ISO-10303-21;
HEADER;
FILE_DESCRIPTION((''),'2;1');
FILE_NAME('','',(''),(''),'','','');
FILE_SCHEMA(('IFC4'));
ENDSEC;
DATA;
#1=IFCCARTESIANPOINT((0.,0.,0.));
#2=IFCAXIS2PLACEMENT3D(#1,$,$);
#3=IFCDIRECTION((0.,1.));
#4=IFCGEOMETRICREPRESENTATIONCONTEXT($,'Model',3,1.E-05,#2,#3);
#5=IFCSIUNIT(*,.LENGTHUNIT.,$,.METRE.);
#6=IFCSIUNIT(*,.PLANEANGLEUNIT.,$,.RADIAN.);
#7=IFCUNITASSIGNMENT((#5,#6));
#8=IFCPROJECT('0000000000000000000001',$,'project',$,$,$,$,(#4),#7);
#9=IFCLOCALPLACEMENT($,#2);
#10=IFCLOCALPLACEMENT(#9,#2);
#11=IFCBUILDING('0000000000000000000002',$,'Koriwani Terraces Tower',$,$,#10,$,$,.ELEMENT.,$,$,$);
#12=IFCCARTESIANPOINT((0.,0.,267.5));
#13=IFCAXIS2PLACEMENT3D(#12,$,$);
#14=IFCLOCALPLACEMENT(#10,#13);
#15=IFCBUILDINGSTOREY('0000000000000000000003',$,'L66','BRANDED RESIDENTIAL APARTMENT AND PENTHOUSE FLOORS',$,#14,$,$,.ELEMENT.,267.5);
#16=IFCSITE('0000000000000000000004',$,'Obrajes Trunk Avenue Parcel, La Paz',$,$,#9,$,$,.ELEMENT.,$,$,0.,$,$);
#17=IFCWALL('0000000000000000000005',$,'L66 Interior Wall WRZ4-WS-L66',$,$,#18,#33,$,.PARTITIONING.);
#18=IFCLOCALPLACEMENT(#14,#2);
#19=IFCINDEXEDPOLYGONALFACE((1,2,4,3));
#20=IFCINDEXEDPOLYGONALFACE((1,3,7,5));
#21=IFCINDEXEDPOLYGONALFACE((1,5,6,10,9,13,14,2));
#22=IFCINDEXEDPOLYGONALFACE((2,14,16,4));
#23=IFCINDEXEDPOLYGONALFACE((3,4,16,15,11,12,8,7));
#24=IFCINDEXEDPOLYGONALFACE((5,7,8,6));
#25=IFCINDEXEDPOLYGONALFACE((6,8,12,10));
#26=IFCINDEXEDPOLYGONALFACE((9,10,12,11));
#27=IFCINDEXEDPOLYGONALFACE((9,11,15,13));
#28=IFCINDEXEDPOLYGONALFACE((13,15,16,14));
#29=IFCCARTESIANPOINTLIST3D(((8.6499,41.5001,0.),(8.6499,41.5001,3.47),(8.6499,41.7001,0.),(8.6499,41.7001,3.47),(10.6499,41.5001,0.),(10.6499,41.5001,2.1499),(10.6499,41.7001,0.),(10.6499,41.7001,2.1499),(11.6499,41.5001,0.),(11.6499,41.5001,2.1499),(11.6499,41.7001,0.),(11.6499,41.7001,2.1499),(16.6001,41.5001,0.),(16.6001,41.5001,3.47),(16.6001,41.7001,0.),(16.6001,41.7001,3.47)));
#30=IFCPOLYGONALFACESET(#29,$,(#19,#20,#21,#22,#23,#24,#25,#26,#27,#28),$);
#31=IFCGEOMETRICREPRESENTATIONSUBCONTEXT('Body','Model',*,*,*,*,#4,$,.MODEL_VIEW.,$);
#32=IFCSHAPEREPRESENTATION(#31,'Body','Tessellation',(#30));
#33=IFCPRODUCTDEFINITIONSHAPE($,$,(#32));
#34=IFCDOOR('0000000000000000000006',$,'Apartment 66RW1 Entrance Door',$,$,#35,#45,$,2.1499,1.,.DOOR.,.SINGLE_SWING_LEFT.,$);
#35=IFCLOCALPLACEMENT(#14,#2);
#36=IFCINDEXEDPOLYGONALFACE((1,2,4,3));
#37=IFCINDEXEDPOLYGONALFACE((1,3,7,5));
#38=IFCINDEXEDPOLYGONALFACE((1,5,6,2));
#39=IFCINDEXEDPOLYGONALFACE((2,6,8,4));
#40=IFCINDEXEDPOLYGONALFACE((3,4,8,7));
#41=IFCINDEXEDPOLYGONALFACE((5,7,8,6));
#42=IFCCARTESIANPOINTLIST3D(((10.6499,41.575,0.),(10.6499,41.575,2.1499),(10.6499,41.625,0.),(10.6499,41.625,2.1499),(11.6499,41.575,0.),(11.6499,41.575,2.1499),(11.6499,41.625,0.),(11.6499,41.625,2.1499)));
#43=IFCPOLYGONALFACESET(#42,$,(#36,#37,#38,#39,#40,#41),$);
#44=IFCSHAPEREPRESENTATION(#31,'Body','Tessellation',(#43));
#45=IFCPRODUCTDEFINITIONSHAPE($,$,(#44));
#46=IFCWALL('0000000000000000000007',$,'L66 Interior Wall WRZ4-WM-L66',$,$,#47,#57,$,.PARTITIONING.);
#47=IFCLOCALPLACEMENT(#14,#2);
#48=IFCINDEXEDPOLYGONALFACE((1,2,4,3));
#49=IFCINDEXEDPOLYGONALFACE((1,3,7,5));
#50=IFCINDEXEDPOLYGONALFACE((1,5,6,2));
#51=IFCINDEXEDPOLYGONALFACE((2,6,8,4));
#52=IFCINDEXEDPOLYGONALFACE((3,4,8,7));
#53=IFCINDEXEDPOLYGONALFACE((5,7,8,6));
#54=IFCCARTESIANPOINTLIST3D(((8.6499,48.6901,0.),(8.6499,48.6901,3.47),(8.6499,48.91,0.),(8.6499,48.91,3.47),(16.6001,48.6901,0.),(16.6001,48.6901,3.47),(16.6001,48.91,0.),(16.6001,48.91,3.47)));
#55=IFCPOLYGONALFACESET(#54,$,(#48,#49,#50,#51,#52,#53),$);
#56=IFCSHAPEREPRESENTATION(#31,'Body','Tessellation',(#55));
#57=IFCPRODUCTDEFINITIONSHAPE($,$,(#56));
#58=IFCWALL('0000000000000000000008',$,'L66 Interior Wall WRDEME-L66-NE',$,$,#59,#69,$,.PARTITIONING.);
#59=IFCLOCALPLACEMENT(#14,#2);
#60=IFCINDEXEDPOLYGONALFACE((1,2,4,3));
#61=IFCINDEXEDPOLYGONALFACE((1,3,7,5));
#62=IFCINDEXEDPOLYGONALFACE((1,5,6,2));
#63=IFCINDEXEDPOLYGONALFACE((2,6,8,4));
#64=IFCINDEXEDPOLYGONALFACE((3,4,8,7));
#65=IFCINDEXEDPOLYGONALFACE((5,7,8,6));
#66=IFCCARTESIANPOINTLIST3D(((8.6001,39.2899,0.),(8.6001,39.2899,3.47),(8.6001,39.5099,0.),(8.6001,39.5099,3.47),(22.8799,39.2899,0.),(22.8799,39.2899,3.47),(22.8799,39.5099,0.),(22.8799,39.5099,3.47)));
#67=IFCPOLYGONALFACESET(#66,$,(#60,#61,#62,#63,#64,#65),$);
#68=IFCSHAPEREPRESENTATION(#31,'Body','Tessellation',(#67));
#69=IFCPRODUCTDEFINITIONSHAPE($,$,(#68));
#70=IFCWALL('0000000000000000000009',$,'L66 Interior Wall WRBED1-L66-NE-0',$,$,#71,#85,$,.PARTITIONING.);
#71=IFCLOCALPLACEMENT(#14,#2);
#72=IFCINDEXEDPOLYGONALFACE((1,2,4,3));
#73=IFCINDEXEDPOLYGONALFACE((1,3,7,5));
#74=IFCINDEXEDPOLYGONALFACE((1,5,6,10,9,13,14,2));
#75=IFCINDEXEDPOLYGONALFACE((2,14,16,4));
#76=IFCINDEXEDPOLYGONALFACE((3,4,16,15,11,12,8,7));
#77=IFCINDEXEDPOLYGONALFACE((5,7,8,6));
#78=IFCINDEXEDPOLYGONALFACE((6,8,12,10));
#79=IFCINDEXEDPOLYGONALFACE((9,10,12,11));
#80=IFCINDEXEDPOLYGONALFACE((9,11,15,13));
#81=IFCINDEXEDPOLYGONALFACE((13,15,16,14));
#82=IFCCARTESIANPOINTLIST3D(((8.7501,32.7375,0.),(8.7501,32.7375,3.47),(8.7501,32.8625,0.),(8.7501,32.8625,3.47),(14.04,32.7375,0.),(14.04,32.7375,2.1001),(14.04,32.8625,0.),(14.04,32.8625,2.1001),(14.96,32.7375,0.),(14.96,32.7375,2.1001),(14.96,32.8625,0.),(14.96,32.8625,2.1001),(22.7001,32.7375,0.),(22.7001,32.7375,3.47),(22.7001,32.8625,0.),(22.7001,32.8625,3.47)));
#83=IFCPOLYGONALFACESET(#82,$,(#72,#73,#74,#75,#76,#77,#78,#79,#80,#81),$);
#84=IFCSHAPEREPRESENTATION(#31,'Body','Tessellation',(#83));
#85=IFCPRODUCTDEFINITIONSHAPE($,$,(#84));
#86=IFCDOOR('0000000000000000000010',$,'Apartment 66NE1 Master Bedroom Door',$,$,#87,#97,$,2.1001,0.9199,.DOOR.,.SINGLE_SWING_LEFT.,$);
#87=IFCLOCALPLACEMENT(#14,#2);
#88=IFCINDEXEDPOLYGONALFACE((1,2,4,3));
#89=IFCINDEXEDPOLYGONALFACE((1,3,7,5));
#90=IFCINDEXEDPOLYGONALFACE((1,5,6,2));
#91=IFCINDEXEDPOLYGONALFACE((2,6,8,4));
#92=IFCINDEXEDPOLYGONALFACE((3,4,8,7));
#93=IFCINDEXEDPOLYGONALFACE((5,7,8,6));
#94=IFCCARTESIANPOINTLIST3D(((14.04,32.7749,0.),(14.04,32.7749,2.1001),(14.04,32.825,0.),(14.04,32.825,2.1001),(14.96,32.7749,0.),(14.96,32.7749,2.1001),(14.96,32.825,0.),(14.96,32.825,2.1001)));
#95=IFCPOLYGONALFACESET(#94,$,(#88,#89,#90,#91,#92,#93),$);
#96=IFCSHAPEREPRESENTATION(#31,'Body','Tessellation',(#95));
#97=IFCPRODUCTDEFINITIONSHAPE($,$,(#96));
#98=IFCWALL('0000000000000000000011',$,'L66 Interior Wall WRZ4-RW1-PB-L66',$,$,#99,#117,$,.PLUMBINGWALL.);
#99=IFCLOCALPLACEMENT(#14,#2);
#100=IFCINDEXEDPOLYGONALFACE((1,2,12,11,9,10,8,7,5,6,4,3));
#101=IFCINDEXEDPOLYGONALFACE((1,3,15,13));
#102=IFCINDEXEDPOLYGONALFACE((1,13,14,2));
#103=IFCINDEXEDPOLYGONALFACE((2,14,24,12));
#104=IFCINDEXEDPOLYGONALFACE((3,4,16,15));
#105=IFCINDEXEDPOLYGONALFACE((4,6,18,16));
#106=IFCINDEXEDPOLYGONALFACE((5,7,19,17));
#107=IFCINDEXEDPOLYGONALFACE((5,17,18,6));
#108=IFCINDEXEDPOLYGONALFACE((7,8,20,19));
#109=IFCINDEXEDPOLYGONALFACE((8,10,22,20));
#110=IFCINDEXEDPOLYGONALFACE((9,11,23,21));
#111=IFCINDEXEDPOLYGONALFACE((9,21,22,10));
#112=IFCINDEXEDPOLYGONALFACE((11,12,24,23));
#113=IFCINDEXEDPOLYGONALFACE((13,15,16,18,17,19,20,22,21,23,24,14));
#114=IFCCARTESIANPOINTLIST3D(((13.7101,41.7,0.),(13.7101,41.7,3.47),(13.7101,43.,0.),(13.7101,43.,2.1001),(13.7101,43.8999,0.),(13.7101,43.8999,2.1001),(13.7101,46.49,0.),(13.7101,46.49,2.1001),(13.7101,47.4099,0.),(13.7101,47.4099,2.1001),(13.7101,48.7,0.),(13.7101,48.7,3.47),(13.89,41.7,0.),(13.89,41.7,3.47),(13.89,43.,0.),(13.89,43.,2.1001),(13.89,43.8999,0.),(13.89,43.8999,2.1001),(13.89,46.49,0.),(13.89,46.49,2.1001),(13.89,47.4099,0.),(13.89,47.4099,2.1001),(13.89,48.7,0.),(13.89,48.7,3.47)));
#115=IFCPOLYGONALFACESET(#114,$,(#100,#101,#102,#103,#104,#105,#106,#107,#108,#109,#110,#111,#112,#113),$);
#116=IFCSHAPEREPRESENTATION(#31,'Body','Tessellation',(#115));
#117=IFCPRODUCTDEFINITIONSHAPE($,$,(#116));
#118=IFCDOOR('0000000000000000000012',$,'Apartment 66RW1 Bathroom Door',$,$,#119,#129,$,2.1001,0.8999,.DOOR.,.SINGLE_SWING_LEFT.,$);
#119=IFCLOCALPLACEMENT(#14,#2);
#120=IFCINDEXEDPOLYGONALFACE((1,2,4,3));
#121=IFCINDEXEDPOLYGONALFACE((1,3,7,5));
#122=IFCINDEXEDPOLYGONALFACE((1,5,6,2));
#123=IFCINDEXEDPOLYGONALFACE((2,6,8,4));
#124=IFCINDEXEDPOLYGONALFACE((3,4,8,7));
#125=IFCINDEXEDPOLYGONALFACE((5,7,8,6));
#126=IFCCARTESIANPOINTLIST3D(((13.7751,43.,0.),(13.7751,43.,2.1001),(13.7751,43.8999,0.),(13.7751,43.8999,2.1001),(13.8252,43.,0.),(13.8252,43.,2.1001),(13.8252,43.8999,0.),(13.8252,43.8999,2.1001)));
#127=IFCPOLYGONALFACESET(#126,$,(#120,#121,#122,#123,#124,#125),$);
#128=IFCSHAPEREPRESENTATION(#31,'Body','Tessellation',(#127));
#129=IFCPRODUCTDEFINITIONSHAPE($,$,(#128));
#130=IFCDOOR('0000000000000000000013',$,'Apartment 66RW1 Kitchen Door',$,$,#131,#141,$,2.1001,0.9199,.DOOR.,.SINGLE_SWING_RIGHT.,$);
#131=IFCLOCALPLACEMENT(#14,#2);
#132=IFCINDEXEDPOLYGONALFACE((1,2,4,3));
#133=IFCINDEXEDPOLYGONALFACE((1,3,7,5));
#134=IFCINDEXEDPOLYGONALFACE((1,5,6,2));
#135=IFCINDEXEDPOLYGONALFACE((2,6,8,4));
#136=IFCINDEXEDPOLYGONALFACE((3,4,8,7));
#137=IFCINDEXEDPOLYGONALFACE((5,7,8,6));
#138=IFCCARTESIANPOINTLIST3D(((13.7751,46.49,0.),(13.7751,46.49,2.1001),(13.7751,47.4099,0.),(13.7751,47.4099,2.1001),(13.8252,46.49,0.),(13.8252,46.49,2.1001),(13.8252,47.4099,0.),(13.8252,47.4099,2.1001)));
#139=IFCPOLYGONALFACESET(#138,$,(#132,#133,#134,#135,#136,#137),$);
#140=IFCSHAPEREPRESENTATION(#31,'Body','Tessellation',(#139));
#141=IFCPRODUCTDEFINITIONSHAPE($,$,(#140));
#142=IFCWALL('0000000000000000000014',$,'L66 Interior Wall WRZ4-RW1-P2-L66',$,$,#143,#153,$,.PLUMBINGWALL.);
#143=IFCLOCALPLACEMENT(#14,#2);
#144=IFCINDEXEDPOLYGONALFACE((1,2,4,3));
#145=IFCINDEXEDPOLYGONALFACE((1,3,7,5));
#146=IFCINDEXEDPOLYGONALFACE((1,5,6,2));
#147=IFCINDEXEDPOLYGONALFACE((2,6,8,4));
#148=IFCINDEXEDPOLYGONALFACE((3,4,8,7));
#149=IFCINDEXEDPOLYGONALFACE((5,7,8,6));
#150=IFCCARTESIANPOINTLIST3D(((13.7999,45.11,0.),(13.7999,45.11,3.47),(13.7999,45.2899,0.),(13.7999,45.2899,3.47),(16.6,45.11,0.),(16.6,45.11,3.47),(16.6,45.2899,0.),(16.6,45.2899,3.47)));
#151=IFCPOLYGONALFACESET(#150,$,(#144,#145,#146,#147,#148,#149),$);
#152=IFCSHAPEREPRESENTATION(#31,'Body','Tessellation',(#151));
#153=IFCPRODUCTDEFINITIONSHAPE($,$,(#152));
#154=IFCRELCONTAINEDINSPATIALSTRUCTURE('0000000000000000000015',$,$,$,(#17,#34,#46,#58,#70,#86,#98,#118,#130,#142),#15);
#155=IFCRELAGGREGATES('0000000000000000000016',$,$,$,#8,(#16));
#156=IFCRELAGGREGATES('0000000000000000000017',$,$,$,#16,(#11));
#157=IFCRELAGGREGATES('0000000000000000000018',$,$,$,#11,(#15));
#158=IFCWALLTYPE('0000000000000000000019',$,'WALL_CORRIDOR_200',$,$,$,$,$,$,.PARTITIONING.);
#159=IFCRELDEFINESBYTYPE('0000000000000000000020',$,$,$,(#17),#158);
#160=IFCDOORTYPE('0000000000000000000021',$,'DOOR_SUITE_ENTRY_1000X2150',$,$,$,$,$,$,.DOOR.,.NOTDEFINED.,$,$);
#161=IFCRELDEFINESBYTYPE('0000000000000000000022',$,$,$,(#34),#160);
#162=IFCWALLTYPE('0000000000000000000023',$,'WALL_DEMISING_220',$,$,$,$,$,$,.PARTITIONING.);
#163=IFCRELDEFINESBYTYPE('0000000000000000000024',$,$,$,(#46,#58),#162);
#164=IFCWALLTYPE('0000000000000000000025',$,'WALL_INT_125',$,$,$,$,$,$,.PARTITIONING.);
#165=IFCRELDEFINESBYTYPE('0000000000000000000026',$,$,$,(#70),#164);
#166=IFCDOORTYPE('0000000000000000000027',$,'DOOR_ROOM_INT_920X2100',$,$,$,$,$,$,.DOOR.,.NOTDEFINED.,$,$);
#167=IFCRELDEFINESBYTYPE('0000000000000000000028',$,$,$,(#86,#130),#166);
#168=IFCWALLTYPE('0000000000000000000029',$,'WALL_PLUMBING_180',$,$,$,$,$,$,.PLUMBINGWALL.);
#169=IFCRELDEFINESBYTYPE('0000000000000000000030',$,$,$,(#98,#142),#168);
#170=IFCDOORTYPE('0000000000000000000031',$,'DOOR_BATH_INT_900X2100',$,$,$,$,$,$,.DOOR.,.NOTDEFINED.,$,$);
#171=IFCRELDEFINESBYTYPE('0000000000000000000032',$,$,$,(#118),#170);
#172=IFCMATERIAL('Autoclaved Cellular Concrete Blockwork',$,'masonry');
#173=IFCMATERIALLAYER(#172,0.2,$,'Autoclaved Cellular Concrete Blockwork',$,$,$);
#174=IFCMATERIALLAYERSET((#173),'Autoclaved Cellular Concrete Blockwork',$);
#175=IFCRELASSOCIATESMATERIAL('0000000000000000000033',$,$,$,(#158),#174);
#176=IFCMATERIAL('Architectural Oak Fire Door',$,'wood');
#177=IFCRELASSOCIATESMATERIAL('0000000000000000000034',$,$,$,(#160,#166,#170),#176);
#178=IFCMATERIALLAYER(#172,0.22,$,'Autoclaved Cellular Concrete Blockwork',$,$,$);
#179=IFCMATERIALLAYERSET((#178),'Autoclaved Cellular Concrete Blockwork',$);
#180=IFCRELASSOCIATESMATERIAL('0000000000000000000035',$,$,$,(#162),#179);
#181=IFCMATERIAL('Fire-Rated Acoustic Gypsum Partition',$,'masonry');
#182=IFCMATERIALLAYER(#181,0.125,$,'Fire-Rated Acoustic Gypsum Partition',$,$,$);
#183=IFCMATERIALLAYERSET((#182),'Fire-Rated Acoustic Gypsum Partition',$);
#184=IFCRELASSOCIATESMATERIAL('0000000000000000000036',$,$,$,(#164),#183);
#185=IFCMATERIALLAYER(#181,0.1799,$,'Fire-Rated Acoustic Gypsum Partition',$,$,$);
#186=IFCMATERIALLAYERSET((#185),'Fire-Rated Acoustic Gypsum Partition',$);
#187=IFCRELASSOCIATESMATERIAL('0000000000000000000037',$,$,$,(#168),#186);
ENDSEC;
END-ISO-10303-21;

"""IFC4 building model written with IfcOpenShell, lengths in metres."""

from ifc_helpers import new_model, si_unit, direction, frame, frame_2d, origin, place, context, subcontext, project, spatial, rectangle, extrude, material, layer, layer_set, type_object, element, fill, save


model = new_model("IFC4")

# Units and contexts
model_context = context("Model", 3, precision=1e-05, world=origin(), true_north=direction((0.0, 1.0)))
body_context = subcontext(model_context, "Body", "Model", "MODEL_VIEW")
ifc_project = project(units=[si_unit("LENGTHUNIT", "METRE"), si_unit("PLANEANGLEUNIT", "RADIAN")], contexts=[model_context])

# Site, building, storey
site_placement = place(None, origin())
site = spatial("IfcSite", under=ifc_project, at=site_placement, Name="Obrajes Trunk Avenue Parcel, La Paz", CompositionType="ELEMENT", RefElevation=0.0)
building_placement = place(site_placement, origin())
building = spatial("IfcBuilding", under=site, at=building_placement, Name="Koriwani Terraces Tower", CompositionType="ELEMENT")
storey_placement = place(building_placement, frame((0.0, 0.0, 267.5)))
storey = spatial("IfcBuildingStorey", under=building, at=storey_placement, Name="L66", Description="BRANDED RESIDENTIAL APARTMENT AND PENTHOUSE FLOORS", CompositionType="ELEMENT", Elevation=267.5)

# Wall, opening, door
ifc_material_1 = material(Name="Autoclaved Cellular Concrete Blockwork", Category="masonry")
ifc_layer_1 = layer(ifc_material_1, 0.2, Name="Autoclaved Cellular Concrete Blockwork")
ifc_layer_set_1 = layer_set([ifc_layer_1], Name="Autoclaved Cellular Concrete Blockwork")
wall_type_1 = type_object("IfcWallType", Name="WALL_CORRIDOR_200", PredefinedType="PARTITIONING", material=ifc_layer_set_1)
wall_1_placement = place(storey_placement, frame((8.6499, 41.6001, 0.0), z_axis=(0.0, 0.0, 1.0), x_axis=(1.0, 0.0, 0.0)))
wall_1 = element("IfcWall", 1, at=wall_1_placement, inside=storey, type_object=wall_type_1, Name="L66 Interior Wall WRZ4-WS-L66", PredefinedType="PARTITIONING", context=body_context, shape_type="SweptSolid", body=[
    extrude(rectangle(XDim=7.9502, YDim=0.2, at=frame_2d((3.9751, 0.0))), origin(), (0.0, 0.0, 1.0), 3.47),
])
opening_1_placement = place(wall_1_placement, frame((2.0, 0.0, 0.0)))
opening_1 = element("IfcOpeningElement", 2, at=opening_1_placement, cuts=wall_1, PredefinedType="OPENING", context=body_context, shape_type="SweptSolid", body=[
    extrude(rectangle(XDim=1.0, YDim=2.1499, at=frame_2d((0.5, 1.075))), frame((0.0, 0.1099, 0.0), z_axis=(0.0, -1.0, 0.0), x_axis=(1.0, 0.0, 0.0)), (0.0, 0.0, 1.0), 0.22),
])
ifc_material_2 = material(Name="Architectural Oak Fire Door", Category="wood")
door_type_1 = type_object("IfcDoorType", Name="DOOR_SUITE_ENTRY_1000X2150", OperationType="NOTDEFINED", PredefinedType="DOOR", material=ifc_material_2)
door_1_placement = place(opening_1_placement, origin())
door_1 = element("IfcDoor", 3, at=door_1_placement, inside=storey, type_object=door_type_1, Name="Apartment 66RW1 Entrance Door", OperationType="SINGLE_SWING_LEFT", OverallHeight=2.1499, OverallWidth=1.0, PredefinedType="DOOR", context=body_context, shape_type="SweptSolid", body=[
    extrude(rectangle(XDim=1.0, YDim=2.1499, at=frame_2d((0.5, 1.075))), frame((0.0, 0.0249, 0.0), z_axis=(0.0, -1.0, 0.0), x_axis=(1.0, 0.0, 0.0)), (0.0, 0.0, 1.0), 0.05),
])
fill(opening_1, door_1)

# Walls
ifc_layer_2 = layer(ifc_material_1, 0.22, Name="Autoclaved Cellular Concrete Blockwork")
ifc_layer_set_2 = layer_set([ifc_layer_2], Name="Autoclaved Cellular Concrete Blockwork")
wall_type_2 = type_object("IfcWallType", Name="WALL_DEMISING_220", PredefinedType="PARTITIONING", material=ifc_layer_set_2)
wall_2_placement = place(storey_placement, frame((8.6499, 48.8, 0.0), z_axis=(0.0, 0.0, 1.0), x_axis=(1.0, 0.0, 0.0)))
element("IfcWall", 4, at=wall_2_placement, inside=storey, type_object=wall_type_2, Name="L66 Interior Wall WRZ4-WM-L66", PredefinedType="PARTITIONING", context=body_context, shape_type="SweptSolid", body=[
    extrude(rectangle(XDim=7.9502, YDim=0.22, at=frame_2d((3.9751, 0.0))), origin(), (0.0, 0.0, 1.0), 3.47),
])
wall_3_placement = place(storey_placement, frame((8.6001, 39.3999, 0.0), z_axis=(0.0, 0.0, 1.0), x_axis=(1.0, 0.0, 0.0)))
element("IfcWall", 5, at=wall_3_placement, inside=storey, type_object=wall_type_2, Name="L66 Interior Wall WRDEME-L66-NE", PredefinedType="PARTITIONING", context=body_context, shape_type="SweptSolid", body=[
    extrude(rectangle(XDim=14.2798, YDim=0.22, at=frame_2d((7.1399, 0.0))), origin(), (0.0, 0.0, 1.0), 3.47),
])

# Wall, opening, door
ifc_material_3 = material(Name="Fire-Rated Acoustic Gypsum Partition", Category="masonry")
ifc_layer_3 = layer(ifc_material_3, 0.125, Name="Fire-Rated Acoustic Gypsum Partition")
ifc_layer_set_3 = layer_set([ifc_layer_3], Name="Fire-Rated Acoustic Gypsum Partition")
wall_type_3 = type_object("IfcWallType", Name="WALL_INT_125", PredefinedType="PARTITIONING", material=ifc_layer_set_3)
wall_4_placement = place(storey_placement, frame((8.75, 32.8, 0.0), z_axis=(0.0, 0.0, 1.0), x_axis=(1.0, 0.0, 0.0)))
wall_4 = element("IfcWall", 6, at=wall_4_placement, inside=storey, type_object=wall_type_3, Name="L66 Interior Wall WRBED1-L66-NE-0", PredefinedType="PARTITIONING", context=body_context, shape_type="SweptSolid", body=[
    extrude(rectangle(XDim=13.95, YDim=0.125, at=frame_2d((6.9751, 0.0))), origin(), (0.0, 0.0, 1.0), 3.47),
])
opening_2_placement = place(wall_4_placement, frame((5.29, 0.0, 0.0)))
opening_2 = element("IfcOpeningElement", 7, at=opening_2_placement, cuts=wall_4, PredefinedType="OPENING", context=body_context, shape_type="SweptSolid", body=[
    extrude(rectangle(XDim=0.9199, YDim=2.1001, at=frame_2d((0.46, 1.05))), frame((0.0, 0.0725, 0.0), z_axis=(0.0, -1.0, 0.0), x_axis=(1.0, 0.0, 0.0)), (0.0, 0.0, 1.0), 0.145),
])
door_type_2 = type_object("IfcDoorType", Name="DOOR_ROOM_INT_920X2100", OperationType="NOTDEFINED", PredefinedType="DOOR", material=ifc_material_2)
door_2_placement = place(opening_2_placement, origin())
door_2 = element("IfcDoor", 8, at=door_2_placement, inside=storey, type_object=door_type_2, Name="Apartment 66NE1 Master Bedroom Door", OperationType="SINGLE_SWING_LEFT", OverallHeight=2.1001, OverallWidth=0.9199, PredefinedType="DOOR", context=body_context, shape_type="SweptSolid", body=[
    extrude(rectangle(XDim=0.9199, YDim=2.1001, at=frame_2d((0.46, 1.05))), frame((0.0, 0.0249, 0.0), z_axis=(0.0, -1.0, 0.0), x_axis=(1.0, 0.0, 0.0)), (0.0, 0.0, 1.0), 0.05),
])
fill(opening_2, door_2)

# Wall, openings, doors
ifc_layer_4 = layer(ifc_material_3, 0.1799, Name="Fire-Rated Acoustic Gypsum Partition")
ifc_layer_set_4 = layer_set([ifc_layer_4], Name="Fire-Rated Acoustic Gypsum Partition")
wall_type_4 = type_object("IfcWallType", Name="WALL_PLUMBING_180", PredefinedType="PLUMBINGWALL", material=ifc_layer_set_4)
wall_5_placement = place(storey_placement, frame((13.8, 41.7, 0.0), z_axis=(0.0, 0.0, 1.0), x_axis=(0.0, 1.0, 0.0)))
wall_5 = element("IfcWall", 9, at=wall_5_placement, inside=storey, type_object=wall_type_4, Name="L66 Interior Wall WRZ4-RW1-PB-L66", PredefinedType="PLUMBINGWALL", context=body_context, shape_type="SweptSolid", body=[
    extrude(rectangle(XDim=7.0, YDim=0.1799, at=frame_2d((3.5, 0.0))), origin(), (0.0, 0.0, 1.0), 3.47),
])
opening_3_placement = place(wall_5_placement, frame((1.3, 0.0, 0.0)))
opening_3 = element("IfcOpeningElement", 10, at=opening_3_placement, cuts=wall_5, PredefinedType="OPENING", context=body_context, shape_type="SweptSolid", body=[
    extrude(rectangle(XDim=0.8999, YDim=2.1001, at=frame_2d((0.45, 1.05))), frame((0.0, 0.1001, 0.0), z_axis=(0.0, -1.0, 0.0), x_axis=(1.0, 0.0, 0.0)), (0.0, 0.0, 1.0), 0.2),
])
opening_4_placement = place(wall_5_placement, frame((4.79, 0.0, 0.0)))
opening_4 = element("IfcOpeningElement", 11, at=opening_4_placement, cuts=wall_5, PredefinedType="OPENING", context=body_context, shape_type="SweptSolid", body=[
    extrude(rectangle(XDim=0.9199, YDim=2.1001, at=frame_2d((0.46, 1.05))), frame((0.0, 0.1001, 0.0), z_axis=(0.0, -1.0, 0.0), x_axis=(1.0, 0.0, 0.0)), (0.0, 0.0, 1.0), 0.2),
])
door_type_3 = type_object("IfcDoorType", Name="DOOR_BATH_INT_900X2100", OperationType="NOTDEFINED", PredefinedType="DOOR", material=ifc_material_2)
door_3_placement = place(opening_3_placement, origin())
door_3 = element("IfcDoor", 12, at=door_3_placement, inside=storey, type_object=door_type_3, Name="Apartment 66RW1 Bathroom Door", OperationType="SINGLE_SWING_LEFT", OverallHeight=2.1001, OverallWidth=0.8999, PredefinedType="DOOR", context=body_context, shape_type="SweptSolid", body=[
    extrude(rectangle(XDim=0.8999, YDim=2.1001, at=frame_2d((0.45, 1.05))), frame((0.0, 0.0249, 0.0), z_axis=(0.0, -1.0, 0.0), x_axis=(1.0, 0.0, 0.0)), (0.0, 0.0, 1.0), 0.05),
])
fill(opening_3, door_3)
door_4_placement = place(opening_4_placement, origin())
door_4 = element("IfcDoor", 13, at=door_4_placement, inside=storey, type_object=door_type_2, Name="Apartment 66RW1 Kitchen Door", OperationType="SINGLE_SWING_RIGHT", OverallHeight=2.1001, OverallWidth=0.9199, PredefinedType="DOOR", context=body_context, shape_type="SweptSolid", body=[
    extrude(rectangle(XDim=0.9199, YDim=2.1001, at=frame_2d((0.46, 1.05))), frame((0.0, 0.0249, 0.0), z_axis=(0.0, -1.0, 0.0), x_axis=(1.0, 0.0, 0.0)), (0.0, 0.0, 1.0), 0.05),
])
fill(opening_4, door_4)

# Wall
wall_6_placement = place(storey_placement, frame((13.8, 45.2, 0.0), z_axis=(0.0, 0.0, 1.0), x_axis=(1.0, 0.0, 0.0)))
element("IfcWall", 14, at=wall_6_placement, inside=storey, type_object=wall_type_4, Name="L66 Interior Wall WRZ4-RW1-P2-L66", PredefinedType="PLUMBINGWALL", context=body_context, shape_type="SweptSolid", body=[
    extrude(rectangle(XDim=2.8, YDim=0.1799, at=frame_2d((1.3999, 0.0))), origin(), (0.0, 0.0, 1.0), 3.47),
])

save(model, "model.ifc")
